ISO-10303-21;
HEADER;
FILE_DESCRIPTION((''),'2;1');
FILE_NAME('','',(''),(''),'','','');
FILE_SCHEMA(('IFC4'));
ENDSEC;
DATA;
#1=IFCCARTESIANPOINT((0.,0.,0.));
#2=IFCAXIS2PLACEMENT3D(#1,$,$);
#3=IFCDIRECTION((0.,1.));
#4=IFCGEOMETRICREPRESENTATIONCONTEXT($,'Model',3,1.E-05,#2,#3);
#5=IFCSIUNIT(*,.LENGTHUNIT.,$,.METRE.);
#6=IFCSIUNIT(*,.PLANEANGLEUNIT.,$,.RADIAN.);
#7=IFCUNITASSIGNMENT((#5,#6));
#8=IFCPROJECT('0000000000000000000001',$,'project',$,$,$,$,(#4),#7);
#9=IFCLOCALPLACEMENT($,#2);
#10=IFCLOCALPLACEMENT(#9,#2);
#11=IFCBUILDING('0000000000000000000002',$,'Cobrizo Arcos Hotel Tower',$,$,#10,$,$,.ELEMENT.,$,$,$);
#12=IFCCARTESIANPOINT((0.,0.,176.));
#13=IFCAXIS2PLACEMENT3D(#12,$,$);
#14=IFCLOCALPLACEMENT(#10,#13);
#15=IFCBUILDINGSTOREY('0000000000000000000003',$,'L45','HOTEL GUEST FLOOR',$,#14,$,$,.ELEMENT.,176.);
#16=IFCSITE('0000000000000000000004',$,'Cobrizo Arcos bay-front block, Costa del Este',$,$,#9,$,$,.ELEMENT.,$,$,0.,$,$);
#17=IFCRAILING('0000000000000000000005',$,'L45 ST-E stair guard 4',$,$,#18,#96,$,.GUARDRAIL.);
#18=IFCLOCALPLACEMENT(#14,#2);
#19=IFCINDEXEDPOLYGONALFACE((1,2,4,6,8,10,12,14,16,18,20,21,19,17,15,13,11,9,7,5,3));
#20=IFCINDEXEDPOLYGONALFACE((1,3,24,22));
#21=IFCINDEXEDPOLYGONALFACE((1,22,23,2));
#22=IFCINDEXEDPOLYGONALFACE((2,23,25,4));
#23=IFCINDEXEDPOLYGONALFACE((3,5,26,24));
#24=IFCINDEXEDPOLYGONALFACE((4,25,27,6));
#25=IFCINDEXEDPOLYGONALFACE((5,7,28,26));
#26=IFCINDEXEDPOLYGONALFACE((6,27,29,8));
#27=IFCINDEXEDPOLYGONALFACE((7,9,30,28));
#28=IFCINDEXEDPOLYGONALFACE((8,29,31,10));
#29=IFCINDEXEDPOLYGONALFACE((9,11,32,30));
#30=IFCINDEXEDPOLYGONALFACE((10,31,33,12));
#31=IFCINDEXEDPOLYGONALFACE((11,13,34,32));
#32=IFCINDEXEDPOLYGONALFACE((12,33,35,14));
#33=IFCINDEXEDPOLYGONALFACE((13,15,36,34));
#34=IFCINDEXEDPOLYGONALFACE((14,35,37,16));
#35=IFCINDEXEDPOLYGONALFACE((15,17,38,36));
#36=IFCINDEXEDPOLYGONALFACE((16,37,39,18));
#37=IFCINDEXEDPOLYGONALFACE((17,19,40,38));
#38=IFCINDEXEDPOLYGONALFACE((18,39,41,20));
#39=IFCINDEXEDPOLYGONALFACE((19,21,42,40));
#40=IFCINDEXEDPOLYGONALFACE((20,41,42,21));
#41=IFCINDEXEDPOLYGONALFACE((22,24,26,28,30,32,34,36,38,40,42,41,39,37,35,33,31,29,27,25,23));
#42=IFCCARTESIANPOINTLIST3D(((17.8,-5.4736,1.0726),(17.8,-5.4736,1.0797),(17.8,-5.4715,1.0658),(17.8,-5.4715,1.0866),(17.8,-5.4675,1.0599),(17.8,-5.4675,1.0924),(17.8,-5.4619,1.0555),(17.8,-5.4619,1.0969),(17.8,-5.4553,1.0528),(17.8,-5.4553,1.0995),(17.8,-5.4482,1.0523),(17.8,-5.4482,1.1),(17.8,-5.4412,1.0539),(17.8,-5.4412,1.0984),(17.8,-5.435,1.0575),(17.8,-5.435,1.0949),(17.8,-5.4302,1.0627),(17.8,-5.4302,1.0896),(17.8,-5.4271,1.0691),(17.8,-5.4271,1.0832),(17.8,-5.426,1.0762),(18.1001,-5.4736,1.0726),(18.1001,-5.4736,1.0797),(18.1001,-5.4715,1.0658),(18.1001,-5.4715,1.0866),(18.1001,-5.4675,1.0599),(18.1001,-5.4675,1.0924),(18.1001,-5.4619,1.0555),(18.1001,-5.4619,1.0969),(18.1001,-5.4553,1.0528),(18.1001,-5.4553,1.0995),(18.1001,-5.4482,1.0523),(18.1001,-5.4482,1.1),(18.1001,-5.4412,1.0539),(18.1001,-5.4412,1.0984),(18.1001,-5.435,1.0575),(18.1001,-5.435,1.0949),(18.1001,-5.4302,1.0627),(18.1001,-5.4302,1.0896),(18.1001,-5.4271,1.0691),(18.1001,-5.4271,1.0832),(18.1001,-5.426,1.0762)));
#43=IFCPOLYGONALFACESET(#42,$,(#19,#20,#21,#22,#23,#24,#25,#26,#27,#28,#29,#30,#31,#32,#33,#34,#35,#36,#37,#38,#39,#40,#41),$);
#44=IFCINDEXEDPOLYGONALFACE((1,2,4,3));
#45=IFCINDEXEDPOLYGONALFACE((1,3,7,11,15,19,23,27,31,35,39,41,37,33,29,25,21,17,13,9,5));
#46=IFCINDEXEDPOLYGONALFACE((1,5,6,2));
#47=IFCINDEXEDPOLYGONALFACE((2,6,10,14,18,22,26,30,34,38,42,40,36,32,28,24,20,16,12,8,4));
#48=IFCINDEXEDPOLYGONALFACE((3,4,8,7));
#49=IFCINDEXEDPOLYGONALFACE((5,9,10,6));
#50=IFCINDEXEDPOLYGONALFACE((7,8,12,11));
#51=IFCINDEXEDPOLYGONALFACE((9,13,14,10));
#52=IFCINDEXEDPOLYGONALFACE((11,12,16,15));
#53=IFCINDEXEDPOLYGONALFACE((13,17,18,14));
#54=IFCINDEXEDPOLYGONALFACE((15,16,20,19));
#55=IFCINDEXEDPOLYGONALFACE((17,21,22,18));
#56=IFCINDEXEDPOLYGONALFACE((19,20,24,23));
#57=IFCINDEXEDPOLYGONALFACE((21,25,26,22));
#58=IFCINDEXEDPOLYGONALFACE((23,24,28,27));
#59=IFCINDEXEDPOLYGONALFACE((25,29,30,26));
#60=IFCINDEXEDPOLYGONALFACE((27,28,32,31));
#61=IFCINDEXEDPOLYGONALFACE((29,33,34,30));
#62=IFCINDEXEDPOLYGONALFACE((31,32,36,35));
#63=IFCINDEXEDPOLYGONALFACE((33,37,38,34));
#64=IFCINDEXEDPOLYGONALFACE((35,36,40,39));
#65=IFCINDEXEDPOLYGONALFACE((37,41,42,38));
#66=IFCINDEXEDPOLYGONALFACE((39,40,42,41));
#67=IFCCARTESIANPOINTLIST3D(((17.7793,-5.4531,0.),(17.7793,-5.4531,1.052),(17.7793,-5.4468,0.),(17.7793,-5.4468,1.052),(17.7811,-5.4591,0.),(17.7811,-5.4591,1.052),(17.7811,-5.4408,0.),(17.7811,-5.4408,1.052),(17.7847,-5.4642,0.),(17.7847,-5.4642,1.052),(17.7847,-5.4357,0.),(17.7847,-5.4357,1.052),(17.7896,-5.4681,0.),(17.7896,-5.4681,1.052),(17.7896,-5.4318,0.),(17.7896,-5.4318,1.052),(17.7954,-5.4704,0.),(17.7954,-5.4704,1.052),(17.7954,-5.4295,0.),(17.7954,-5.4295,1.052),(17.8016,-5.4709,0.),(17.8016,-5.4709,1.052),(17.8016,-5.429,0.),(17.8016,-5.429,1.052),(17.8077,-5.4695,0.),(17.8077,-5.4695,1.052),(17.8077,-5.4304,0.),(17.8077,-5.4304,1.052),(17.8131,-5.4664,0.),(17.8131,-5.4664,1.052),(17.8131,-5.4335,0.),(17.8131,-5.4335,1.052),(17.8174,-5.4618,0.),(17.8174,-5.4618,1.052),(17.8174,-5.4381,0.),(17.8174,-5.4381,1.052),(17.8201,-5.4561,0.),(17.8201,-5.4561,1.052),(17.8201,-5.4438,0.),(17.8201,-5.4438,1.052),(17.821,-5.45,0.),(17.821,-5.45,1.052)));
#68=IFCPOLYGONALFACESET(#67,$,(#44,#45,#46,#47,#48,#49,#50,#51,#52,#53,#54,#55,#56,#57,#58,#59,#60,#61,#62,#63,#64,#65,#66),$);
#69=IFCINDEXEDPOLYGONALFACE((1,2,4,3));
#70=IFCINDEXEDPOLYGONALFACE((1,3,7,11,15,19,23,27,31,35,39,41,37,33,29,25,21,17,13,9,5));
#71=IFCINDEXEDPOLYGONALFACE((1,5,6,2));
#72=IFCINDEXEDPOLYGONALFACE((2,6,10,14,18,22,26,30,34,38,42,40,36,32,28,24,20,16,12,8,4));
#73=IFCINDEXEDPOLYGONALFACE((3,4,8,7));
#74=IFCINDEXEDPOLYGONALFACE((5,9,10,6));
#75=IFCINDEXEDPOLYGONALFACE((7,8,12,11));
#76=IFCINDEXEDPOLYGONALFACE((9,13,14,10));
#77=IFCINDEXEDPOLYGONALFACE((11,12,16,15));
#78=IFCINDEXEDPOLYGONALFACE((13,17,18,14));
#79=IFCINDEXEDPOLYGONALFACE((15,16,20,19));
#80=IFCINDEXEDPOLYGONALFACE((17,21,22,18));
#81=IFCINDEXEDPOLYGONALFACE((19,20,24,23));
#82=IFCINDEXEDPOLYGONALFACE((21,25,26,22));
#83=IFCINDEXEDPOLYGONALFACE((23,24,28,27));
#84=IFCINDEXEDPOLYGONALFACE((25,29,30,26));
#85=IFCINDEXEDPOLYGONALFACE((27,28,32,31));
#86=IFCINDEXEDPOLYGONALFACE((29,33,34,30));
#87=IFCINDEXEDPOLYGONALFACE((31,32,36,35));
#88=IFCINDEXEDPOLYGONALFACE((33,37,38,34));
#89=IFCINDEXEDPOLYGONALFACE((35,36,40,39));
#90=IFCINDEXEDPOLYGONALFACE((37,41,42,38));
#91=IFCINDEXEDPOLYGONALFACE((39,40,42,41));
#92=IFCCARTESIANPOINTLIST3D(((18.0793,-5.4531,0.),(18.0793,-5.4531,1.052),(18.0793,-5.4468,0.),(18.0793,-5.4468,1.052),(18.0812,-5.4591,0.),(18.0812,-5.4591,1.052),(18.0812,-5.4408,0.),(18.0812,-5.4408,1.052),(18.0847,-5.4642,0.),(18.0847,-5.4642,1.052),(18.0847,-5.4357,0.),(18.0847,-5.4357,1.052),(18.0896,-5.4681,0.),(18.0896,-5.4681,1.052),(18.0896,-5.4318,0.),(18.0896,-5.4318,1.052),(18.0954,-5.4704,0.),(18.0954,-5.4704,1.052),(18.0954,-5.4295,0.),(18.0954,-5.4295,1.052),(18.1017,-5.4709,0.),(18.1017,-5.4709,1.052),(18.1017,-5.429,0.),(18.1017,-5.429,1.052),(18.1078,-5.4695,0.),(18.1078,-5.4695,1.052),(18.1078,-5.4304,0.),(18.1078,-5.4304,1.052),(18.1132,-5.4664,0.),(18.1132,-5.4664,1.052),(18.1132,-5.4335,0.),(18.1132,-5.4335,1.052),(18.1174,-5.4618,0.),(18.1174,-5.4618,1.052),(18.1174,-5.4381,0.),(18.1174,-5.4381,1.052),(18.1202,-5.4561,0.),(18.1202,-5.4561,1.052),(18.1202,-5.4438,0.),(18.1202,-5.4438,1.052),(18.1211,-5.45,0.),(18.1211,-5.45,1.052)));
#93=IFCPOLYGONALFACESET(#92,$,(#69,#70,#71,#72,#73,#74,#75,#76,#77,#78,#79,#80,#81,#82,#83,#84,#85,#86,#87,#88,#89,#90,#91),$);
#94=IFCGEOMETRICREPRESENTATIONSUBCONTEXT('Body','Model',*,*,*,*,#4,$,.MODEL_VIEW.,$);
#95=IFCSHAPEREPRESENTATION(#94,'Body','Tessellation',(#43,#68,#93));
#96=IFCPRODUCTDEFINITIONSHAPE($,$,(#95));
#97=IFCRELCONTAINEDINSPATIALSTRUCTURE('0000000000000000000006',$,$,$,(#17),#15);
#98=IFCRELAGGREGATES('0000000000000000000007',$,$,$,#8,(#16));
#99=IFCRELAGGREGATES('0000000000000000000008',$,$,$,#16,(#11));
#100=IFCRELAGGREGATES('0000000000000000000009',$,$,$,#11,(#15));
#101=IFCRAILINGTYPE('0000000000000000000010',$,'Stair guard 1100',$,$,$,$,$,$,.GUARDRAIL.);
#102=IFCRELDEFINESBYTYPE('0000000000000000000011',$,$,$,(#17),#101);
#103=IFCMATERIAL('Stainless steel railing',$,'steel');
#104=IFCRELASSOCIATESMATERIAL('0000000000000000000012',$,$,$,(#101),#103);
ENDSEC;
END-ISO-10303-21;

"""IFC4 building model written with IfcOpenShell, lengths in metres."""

from ifc_helpers import new_model, si_unit, direction, frame, origin, origin_2d, place, context, subcontext, project, spatial, circle, extrude, material, type_object, element, save


model = new_model("IFC4")

# Units and contexts
model_context = context("Model", 3, precision=1e-05, world=origin(), true_north=direction((0.0, 1.0)))
body_context = subcontext(model_context, "Body", "Model", "MODEL_VIEW")
ifc_project = project(units=[si_unit("LENGTHUNIT", "METRE"), si_unit("PLANEANGLEUNIT", "RADIAN")], contexts=[model_context])

# Site, building, storey
site_placement = place(None, origin())
site = spatial("IfcSite", under=ifc_project, at=site_placement, Name="Cobrizo Arcos bay-front block, Costa del Este", CompositionType="ELEMENT", RefElevation=0.0)
building_placement = place(site_placement, origin())
building = spatial("IfcBuilding", under=site, at=building_placement, Name="Cobrizo Arcos Hotel Tower", CompositionType="ELEMENT")
storey_placement = place(building_placement, frame((0.0, 0.0, 176.0)))
storey = spatial("IfcBuildingStorey", under=building, at=storey_placement, Name="L45", Description="HOTEL GUEST FLOOR", CompositionType="ELEMENT", Elevation=176.0)

# Railing
ifc_material_1 = material(Name="Stainless steel railing", Category="steel")
railing_type_1 = type_object("IfcRailingType", Name="Stair guard 1100", PredefinedType="GUARDRAIL", material=ifc_material_1)
railing_1_placement = place(storey_placement, frame((17.8, -5.45, 0.0)))
element("IfcRailing", 1, at=railing_1_placement, inside=storey, type_object=railing_type_1, Name="L45 ST-E stair guard 4", PredefinedType="GUARDRAIL", context=body_context, shape_type="SweptSolid", body=[
    extrude(circle(Radius=0.0239, at=origin_2d()), frame((0.0, 0.0, 1.0762), z_axis=(1.0, 0.0, 0.0), x_axis=(0.0, 1.0, 0.0)), (0.0, 0.0, 1.0), 0.3),
    extrude(circle(Radius=0.021, at=origin_2d()), origin(), (0.0, 0.0, 1.0), 1.052),
    extrude(circle(Radius=0.021, at=origin_2d()), frame((0.3, 0.0, 0.0)), (0.0, 0.0, 1.0), 1.052),
])

save(model, "model.ifc")
